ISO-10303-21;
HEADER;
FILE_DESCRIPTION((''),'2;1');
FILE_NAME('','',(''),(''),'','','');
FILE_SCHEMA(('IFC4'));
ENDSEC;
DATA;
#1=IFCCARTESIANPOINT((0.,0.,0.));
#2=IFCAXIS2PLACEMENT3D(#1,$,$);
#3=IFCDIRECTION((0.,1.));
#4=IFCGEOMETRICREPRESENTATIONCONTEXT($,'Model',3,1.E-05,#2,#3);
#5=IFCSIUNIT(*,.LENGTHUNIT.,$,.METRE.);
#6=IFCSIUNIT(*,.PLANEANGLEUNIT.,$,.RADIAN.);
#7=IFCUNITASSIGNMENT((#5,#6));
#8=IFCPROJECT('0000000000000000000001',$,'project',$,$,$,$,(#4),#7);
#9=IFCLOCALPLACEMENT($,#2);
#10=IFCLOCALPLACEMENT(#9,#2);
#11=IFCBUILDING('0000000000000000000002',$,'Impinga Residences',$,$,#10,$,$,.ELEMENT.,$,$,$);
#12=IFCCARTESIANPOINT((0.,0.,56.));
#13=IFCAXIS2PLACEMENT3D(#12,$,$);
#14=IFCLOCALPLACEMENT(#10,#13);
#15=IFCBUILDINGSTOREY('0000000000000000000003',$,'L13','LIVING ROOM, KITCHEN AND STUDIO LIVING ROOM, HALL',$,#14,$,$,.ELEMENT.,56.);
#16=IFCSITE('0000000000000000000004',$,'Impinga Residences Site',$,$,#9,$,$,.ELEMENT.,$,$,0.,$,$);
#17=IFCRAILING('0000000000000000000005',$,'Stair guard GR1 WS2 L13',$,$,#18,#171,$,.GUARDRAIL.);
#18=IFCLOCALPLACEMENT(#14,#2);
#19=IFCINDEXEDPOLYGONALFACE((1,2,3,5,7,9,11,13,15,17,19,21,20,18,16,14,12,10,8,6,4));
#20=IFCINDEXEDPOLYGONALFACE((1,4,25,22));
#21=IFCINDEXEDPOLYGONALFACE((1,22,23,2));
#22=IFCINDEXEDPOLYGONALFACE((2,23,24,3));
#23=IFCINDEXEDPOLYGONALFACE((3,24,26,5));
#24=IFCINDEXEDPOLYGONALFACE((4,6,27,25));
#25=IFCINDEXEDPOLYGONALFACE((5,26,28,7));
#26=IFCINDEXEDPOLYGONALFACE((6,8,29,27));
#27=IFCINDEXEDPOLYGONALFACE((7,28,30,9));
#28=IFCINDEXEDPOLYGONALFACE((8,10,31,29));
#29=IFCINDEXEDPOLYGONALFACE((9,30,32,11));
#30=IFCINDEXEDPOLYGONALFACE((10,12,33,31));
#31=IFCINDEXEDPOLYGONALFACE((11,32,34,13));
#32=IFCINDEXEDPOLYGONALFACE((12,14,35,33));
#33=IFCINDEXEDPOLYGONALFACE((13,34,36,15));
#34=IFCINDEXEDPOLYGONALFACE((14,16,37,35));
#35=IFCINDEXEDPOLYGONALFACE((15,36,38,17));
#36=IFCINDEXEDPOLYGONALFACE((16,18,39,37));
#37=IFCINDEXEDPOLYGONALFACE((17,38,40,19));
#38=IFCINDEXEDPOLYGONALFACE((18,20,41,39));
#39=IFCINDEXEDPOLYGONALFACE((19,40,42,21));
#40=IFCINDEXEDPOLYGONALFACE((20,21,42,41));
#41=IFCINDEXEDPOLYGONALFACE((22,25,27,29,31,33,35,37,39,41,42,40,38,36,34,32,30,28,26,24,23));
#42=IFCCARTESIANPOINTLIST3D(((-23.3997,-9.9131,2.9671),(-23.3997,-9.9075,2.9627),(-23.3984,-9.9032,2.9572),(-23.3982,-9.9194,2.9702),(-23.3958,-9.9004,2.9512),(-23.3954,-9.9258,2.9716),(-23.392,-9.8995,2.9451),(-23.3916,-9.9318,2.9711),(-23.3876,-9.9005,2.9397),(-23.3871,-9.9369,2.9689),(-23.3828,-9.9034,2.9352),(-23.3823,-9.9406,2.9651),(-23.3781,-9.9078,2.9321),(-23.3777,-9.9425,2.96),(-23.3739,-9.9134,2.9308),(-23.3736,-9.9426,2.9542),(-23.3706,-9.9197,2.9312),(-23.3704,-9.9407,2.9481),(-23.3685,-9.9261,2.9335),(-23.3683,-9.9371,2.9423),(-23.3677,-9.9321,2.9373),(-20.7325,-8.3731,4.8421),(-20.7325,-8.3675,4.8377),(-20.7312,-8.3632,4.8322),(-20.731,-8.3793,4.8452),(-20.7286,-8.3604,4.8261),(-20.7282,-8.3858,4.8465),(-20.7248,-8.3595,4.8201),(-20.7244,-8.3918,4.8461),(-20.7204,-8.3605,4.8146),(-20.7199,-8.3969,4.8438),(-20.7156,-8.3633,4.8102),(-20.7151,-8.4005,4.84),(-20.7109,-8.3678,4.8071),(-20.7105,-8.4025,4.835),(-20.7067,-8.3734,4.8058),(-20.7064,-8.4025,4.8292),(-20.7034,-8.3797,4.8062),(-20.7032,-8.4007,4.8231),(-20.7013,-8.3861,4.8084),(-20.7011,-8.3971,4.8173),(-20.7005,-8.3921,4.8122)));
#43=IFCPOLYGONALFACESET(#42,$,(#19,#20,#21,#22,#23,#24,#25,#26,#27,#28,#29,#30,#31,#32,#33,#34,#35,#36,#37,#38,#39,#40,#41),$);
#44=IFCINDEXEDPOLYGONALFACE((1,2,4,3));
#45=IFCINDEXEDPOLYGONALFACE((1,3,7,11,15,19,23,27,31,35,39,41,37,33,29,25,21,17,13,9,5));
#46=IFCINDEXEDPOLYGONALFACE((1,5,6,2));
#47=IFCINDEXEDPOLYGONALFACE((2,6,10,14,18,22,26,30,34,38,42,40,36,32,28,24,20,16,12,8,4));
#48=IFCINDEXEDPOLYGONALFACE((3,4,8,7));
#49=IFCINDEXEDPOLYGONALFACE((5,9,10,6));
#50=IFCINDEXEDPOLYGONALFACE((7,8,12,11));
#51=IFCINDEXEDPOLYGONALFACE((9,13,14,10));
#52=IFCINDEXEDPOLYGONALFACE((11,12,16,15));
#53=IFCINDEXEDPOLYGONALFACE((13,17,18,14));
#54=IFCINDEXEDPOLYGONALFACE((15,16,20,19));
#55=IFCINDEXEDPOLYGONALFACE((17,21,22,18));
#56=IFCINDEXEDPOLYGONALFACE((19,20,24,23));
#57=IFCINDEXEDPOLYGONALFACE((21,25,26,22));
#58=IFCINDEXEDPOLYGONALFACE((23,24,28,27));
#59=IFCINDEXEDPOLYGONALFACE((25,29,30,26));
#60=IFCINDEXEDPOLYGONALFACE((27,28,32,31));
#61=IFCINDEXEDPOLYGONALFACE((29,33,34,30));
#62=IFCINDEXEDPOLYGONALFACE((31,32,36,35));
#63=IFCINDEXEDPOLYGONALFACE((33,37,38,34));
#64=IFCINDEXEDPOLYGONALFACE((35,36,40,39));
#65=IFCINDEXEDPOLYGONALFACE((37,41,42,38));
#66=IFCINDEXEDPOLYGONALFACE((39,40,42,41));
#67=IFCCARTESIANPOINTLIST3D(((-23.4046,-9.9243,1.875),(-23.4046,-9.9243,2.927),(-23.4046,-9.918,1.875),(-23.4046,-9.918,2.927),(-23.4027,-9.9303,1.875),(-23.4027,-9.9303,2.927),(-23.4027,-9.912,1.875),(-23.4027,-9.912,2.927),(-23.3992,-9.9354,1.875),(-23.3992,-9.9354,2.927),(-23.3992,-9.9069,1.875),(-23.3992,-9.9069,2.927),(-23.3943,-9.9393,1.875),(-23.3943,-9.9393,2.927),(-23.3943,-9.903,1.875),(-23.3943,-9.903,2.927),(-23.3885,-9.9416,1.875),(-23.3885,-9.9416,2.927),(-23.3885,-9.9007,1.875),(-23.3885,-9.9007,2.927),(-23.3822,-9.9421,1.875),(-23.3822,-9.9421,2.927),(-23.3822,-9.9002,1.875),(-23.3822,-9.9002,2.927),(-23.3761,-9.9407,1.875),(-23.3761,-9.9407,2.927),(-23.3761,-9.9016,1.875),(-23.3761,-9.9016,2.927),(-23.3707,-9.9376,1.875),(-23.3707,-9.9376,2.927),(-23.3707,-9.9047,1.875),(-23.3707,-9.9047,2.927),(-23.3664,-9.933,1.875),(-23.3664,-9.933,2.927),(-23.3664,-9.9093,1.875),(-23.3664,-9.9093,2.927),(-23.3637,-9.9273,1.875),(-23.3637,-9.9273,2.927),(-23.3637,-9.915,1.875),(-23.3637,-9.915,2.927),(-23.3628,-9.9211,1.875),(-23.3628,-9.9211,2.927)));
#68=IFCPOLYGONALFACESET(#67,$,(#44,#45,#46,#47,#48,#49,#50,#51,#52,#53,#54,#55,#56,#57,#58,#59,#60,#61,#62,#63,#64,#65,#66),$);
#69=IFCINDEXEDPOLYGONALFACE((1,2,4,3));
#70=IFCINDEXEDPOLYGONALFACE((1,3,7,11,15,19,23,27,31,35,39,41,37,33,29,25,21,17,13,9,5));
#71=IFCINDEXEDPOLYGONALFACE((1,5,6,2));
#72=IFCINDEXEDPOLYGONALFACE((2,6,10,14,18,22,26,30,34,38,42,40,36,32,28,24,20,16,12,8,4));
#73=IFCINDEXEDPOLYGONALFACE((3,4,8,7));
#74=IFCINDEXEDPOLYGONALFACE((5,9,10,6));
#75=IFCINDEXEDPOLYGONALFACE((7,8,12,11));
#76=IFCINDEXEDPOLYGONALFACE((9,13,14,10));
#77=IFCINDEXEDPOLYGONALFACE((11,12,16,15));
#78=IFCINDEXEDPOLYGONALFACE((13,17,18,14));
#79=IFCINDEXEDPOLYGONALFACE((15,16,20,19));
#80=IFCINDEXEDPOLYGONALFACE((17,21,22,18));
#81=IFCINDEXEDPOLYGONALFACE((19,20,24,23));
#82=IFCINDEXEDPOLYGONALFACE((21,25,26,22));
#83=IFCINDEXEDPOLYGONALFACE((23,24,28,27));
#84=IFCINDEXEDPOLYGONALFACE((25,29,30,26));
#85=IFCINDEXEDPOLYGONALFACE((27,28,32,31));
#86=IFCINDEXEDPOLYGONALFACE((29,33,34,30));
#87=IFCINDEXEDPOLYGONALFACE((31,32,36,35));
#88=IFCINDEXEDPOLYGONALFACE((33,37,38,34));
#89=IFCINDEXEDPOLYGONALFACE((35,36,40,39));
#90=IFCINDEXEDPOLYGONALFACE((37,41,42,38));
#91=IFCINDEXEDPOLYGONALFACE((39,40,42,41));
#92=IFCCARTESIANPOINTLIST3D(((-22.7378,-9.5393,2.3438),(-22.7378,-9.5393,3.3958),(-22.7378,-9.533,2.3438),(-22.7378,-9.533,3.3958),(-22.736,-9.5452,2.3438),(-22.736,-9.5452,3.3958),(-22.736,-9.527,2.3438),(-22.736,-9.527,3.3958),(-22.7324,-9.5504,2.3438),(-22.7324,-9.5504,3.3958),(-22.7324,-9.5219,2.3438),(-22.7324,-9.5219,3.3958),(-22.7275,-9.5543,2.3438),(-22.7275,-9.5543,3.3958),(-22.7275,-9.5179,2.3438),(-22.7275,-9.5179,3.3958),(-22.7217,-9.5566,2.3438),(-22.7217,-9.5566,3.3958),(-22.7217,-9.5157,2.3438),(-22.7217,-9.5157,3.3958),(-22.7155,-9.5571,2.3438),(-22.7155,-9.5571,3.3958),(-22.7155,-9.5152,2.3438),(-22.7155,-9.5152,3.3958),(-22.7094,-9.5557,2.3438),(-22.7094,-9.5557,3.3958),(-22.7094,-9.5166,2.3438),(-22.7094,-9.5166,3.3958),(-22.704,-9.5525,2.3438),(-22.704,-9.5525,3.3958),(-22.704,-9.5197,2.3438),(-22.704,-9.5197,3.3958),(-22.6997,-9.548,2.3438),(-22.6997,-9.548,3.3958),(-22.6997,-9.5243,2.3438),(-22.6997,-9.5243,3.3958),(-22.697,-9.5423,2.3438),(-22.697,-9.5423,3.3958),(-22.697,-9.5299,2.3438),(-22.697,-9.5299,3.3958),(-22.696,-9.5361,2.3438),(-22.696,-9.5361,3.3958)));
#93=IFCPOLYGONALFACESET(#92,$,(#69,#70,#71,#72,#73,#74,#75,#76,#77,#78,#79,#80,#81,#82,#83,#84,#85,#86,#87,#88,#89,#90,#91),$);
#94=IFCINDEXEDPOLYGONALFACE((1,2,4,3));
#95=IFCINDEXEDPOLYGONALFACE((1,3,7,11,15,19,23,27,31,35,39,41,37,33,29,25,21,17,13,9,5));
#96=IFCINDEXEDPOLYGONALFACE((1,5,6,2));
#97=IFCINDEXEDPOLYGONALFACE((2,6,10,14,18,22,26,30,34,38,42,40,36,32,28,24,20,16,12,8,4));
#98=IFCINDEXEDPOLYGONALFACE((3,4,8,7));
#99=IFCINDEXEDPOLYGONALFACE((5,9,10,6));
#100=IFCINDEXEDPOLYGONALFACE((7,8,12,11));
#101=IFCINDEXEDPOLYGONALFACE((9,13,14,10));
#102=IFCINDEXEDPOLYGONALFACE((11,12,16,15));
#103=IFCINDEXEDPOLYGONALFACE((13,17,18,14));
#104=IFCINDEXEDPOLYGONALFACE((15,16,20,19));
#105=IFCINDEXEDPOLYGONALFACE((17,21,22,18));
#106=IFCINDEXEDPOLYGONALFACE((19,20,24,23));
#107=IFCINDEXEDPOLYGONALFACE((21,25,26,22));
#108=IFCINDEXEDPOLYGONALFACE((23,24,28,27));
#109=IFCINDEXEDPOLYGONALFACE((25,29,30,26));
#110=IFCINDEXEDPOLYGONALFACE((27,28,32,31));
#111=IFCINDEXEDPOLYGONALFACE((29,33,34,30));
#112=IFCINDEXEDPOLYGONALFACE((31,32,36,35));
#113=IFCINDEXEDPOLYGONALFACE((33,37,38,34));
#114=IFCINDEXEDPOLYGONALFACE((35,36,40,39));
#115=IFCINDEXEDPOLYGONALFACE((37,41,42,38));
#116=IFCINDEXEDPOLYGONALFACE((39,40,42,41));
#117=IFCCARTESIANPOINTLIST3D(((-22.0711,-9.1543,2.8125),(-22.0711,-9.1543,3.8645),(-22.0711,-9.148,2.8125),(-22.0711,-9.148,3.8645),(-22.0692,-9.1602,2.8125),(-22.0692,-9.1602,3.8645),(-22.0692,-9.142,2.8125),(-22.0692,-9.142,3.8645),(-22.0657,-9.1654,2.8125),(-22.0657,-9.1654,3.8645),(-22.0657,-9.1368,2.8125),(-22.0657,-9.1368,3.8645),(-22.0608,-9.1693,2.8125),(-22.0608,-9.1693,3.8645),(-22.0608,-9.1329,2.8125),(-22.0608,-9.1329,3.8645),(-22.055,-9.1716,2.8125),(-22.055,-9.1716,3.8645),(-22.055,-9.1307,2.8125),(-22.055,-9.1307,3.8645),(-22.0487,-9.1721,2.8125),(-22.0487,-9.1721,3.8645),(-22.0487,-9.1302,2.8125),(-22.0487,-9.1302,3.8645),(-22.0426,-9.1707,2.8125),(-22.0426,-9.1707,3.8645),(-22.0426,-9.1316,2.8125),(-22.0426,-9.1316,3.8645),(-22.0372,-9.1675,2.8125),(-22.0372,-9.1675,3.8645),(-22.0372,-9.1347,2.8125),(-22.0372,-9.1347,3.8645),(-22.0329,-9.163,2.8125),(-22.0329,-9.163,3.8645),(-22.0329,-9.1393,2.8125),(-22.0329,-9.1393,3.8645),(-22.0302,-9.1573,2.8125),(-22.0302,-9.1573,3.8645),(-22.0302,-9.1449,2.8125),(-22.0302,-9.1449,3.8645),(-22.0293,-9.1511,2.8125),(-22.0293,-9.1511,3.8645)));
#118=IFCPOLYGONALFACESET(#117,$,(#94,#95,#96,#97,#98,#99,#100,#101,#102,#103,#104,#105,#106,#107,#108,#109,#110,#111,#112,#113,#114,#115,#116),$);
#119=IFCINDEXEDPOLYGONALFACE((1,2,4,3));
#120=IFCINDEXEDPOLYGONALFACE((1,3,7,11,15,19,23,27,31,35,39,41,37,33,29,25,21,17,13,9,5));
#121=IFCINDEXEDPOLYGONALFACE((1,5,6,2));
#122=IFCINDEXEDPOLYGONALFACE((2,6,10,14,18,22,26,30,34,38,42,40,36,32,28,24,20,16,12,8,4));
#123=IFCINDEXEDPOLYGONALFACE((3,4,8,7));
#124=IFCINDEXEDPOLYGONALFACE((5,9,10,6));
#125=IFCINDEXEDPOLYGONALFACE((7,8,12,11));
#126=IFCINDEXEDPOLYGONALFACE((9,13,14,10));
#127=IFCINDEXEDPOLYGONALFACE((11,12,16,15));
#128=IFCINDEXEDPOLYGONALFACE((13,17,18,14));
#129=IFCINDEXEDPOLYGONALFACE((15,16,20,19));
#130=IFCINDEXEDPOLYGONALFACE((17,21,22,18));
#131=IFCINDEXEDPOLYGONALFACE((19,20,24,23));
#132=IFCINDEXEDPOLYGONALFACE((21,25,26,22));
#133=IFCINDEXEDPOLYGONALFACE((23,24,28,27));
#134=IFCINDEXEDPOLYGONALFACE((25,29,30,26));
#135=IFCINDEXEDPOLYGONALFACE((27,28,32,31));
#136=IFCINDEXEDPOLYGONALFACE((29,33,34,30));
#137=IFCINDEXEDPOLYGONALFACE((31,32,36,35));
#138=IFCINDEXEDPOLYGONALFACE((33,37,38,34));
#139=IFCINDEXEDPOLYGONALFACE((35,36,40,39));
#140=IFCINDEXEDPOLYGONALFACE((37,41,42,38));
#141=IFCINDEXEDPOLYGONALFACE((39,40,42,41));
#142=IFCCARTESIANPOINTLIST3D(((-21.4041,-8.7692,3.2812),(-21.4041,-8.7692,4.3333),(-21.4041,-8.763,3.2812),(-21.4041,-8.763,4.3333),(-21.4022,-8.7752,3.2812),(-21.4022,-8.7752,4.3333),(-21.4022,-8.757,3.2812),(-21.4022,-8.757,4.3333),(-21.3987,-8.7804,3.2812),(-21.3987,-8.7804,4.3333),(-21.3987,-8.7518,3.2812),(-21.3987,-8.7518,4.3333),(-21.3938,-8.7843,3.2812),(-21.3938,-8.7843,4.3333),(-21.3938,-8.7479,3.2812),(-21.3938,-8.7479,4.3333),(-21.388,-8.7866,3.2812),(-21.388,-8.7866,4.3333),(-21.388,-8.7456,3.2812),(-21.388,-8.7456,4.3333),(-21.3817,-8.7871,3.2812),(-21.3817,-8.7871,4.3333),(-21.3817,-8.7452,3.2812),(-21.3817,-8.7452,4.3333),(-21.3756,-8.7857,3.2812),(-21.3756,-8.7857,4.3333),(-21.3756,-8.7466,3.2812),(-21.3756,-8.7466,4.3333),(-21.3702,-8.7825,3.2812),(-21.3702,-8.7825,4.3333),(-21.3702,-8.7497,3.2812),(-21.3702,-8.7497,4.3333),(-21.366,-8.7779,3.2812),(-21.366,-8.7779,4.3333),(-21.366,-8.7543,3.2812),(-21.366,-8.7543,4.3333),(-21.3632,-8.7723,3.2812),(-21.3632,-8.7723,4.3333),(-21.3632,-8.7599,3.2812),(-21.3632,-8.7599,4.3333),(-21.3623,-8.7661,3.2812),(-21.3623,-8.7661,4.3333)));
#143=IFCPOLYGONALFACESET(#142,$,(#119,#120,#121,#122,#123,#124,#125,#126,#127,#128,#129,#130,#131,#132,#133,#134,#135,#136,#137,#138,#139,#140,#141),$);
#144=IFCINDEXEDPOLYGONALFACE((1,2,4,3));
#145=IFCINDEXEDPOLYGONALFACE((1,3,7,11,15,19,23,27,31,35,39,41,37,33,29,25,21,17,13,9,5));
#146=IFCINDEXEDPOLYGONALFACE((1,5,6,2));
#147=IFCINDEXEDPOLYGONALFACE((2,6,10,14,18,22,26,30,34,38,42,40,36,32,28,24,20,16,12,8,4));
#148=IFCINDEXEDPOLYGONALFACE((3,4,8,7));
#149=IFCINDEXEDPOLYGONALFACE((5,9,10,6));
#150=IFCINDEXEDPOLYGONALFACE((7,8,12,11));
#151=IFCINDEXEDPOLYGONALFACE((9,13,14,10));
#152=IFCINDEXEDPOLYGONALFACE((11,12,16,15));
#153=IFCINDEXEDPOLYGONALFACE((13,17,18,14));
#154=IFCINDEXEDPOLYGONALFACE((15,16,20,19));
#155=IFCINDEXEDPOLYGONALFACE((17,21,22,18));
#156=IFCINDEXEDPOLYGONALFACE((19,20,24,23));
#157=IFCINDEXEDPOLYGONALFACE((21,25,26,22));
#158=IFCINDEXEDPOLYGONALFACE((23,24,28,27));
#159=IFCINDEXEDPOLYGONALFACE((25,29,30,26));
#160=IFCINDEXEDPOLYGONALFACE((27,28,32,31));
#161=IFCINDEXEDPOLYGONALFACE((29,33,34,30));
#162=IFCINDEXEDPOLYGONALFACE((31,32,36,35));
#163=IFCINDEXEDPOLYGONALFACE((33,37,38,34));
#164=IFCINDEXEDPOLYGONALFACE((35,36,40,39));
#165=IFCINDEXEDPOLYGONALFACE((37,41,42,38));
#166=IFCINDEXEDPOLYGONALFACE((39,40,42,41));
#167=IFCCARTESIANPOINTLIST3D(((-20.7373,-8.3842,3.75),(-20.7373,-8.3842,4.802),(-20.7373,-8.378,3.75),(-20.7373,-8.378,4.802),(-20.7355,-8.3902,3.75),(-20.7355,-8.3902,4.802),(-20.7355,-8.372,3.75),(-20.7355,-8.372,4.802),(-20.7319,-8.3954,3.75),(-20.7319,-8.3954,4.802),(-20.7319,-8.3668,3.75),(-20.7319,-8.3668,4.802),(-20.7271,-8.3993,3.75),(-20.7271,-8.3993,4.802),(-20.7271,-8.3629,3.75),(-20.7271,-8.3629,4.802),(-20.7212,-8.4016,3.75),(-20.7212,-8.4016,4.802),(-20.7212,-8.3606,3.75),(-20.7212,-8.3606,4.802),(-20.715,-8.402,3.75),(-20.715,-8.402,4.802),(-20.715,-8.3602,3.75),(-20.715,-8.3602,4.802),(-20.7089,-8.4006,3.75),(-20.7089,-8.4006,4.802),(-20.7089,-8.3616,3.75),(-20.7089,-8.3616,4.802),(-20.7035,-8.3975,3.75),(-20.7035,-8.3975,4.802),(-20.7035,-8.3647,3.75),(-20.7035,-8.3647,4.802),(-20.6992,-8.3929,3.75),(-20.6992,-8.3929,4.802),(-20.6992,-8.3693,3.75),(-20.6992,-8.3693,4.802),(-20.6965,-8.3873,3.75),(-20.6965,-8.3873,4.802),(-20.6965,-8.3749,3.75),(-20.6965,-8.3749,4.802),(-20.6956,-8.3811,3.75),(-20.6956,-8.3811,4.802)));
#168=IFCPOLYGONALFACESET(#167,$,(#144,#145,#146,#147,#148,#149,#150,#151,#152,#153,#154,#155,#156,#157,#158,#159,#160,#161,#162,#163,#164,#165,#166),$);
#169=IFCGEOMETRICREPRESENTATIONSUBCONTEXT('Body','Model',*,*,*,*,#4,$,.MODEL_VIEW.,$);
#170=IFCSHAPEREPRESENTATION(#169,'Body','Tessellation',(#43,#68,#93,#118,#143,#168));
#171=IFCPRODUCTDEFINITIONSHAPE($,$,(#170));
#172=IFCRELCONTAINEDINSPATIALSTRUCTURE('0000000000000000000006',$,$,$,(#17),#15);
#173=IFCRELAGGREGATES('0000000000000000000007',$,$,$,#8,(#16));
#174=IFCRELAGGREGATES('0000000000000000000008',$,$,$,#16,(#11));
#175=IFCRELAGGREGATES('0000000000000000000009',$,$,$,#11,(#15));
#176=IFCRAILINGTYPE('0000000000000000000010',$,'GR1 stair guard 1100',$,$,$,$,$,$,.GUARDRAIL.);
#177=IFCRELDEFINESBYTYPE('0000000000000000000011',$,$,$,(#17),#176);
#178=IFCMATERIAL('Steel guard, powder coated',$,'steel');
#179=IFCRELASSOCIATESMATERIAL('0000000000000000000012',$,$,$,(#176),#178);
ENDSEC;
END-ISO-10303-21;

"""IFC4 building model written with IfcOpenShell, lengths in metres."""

from ifc_helpers import new_model, si_unit, direction, frame, origin, origin_2d, place, context, subcontext, project, spatial, circle, extrude, material, type_object, element, save


model = new_model("IFC4")

# Units and contexts
model_context = context("Model", 3, precision=1e-05, world=origin(), true_north=direction((0.0, 1.0)))
body_context = subcontext(model_context, "Body", "Model", "MODEL_VIEW")
ifc_project = project(units=[si_unit("LENGTHUNIT", "METRE"), si_unit("PLANEANGLEUNIT", "RADIAN")], contexts=[model_context])

# Site, building, storey
site_placement = place(None, origin())
site = spatial("IfcSite", under=ifc_project, at=site_placement, Name="Impinga Residences Site", CompositionType="ELEMENT", RefElevation=0.0)
building_placement = place(site_placement, origin())
building = spatial("IfcBuilding", under=site, at=building_placement, Name="Impinga Residences", CompositionType="ELEMENT")
storey_placement = place(building_placement, frame((0.0, 0.0, 56.0)))
storey = spatial("IfcBuildingStorey", under=building, at=storey_placement, Name="L13", Description="LIVING ROOM, KITCHEN AND STUDIO LIVING ROOM, HALL", CompositionType="ELEMENT", Elevation=56.0)

# Railing
ifc_material_1 = material(Name="Steel guard, powder coated", Category="steel")
railing_type_1 = type_object("IfcRailingType", Name="GR1 stair guard 1100", PredefinedType="GUARDRAIL", material=ifc_material_1)
railing_1_placement = place(storey_placement, frame((-23.3838, -9.9211, 1.875)))
element("IfcRailing", 1, at=railing_1_placement, inside=storey, type_object=railing_type_1, Name="Stair guard GR1 WS2 L13", PredefinedType="GUARDRAIL", context=body_context, shape_type="SweptSolid", body=[
    extrude(circle(Radius=0.0239, at=origin_2d()), frame((0.0, 0.0, 1.0762), z_axis=(0.739716, 0.427105, 0.520002), x_axis=(-0.500027, 0.86601, 0.0)), (0.0, 0.0, 1.0), 3.6057),
    extrude(circle(Radius=0.021, at=origin_2d()), origin(), (0.0, 0.0, 1.0), 1.052),
    extrude(circle(Radius=0.021, at=origin_2d()), frame((0.6667, 0.385, 0.4688)), (0.0, 0.0, 1.0), 1.052),
    extrude(circle(Radius=0.021, at=origin_2d()), frame((1.3335, 0.77, 0.9375)), (0.0, 0.0, 1.0), 1.052),
    extrude(circle(Radius=0.021, at=origin_2d()), frame((2.0005, 1.155, 1.4062)), (0.0, 0.0, 1.0), 1.052),
    extrude(circle(Radius=0.021, at=origin_2d()), frame((2.6672, 1.54, 1.875)), (0.0, 0.0, 1.0), 1.052),
])

save(model, "model.ifc")
